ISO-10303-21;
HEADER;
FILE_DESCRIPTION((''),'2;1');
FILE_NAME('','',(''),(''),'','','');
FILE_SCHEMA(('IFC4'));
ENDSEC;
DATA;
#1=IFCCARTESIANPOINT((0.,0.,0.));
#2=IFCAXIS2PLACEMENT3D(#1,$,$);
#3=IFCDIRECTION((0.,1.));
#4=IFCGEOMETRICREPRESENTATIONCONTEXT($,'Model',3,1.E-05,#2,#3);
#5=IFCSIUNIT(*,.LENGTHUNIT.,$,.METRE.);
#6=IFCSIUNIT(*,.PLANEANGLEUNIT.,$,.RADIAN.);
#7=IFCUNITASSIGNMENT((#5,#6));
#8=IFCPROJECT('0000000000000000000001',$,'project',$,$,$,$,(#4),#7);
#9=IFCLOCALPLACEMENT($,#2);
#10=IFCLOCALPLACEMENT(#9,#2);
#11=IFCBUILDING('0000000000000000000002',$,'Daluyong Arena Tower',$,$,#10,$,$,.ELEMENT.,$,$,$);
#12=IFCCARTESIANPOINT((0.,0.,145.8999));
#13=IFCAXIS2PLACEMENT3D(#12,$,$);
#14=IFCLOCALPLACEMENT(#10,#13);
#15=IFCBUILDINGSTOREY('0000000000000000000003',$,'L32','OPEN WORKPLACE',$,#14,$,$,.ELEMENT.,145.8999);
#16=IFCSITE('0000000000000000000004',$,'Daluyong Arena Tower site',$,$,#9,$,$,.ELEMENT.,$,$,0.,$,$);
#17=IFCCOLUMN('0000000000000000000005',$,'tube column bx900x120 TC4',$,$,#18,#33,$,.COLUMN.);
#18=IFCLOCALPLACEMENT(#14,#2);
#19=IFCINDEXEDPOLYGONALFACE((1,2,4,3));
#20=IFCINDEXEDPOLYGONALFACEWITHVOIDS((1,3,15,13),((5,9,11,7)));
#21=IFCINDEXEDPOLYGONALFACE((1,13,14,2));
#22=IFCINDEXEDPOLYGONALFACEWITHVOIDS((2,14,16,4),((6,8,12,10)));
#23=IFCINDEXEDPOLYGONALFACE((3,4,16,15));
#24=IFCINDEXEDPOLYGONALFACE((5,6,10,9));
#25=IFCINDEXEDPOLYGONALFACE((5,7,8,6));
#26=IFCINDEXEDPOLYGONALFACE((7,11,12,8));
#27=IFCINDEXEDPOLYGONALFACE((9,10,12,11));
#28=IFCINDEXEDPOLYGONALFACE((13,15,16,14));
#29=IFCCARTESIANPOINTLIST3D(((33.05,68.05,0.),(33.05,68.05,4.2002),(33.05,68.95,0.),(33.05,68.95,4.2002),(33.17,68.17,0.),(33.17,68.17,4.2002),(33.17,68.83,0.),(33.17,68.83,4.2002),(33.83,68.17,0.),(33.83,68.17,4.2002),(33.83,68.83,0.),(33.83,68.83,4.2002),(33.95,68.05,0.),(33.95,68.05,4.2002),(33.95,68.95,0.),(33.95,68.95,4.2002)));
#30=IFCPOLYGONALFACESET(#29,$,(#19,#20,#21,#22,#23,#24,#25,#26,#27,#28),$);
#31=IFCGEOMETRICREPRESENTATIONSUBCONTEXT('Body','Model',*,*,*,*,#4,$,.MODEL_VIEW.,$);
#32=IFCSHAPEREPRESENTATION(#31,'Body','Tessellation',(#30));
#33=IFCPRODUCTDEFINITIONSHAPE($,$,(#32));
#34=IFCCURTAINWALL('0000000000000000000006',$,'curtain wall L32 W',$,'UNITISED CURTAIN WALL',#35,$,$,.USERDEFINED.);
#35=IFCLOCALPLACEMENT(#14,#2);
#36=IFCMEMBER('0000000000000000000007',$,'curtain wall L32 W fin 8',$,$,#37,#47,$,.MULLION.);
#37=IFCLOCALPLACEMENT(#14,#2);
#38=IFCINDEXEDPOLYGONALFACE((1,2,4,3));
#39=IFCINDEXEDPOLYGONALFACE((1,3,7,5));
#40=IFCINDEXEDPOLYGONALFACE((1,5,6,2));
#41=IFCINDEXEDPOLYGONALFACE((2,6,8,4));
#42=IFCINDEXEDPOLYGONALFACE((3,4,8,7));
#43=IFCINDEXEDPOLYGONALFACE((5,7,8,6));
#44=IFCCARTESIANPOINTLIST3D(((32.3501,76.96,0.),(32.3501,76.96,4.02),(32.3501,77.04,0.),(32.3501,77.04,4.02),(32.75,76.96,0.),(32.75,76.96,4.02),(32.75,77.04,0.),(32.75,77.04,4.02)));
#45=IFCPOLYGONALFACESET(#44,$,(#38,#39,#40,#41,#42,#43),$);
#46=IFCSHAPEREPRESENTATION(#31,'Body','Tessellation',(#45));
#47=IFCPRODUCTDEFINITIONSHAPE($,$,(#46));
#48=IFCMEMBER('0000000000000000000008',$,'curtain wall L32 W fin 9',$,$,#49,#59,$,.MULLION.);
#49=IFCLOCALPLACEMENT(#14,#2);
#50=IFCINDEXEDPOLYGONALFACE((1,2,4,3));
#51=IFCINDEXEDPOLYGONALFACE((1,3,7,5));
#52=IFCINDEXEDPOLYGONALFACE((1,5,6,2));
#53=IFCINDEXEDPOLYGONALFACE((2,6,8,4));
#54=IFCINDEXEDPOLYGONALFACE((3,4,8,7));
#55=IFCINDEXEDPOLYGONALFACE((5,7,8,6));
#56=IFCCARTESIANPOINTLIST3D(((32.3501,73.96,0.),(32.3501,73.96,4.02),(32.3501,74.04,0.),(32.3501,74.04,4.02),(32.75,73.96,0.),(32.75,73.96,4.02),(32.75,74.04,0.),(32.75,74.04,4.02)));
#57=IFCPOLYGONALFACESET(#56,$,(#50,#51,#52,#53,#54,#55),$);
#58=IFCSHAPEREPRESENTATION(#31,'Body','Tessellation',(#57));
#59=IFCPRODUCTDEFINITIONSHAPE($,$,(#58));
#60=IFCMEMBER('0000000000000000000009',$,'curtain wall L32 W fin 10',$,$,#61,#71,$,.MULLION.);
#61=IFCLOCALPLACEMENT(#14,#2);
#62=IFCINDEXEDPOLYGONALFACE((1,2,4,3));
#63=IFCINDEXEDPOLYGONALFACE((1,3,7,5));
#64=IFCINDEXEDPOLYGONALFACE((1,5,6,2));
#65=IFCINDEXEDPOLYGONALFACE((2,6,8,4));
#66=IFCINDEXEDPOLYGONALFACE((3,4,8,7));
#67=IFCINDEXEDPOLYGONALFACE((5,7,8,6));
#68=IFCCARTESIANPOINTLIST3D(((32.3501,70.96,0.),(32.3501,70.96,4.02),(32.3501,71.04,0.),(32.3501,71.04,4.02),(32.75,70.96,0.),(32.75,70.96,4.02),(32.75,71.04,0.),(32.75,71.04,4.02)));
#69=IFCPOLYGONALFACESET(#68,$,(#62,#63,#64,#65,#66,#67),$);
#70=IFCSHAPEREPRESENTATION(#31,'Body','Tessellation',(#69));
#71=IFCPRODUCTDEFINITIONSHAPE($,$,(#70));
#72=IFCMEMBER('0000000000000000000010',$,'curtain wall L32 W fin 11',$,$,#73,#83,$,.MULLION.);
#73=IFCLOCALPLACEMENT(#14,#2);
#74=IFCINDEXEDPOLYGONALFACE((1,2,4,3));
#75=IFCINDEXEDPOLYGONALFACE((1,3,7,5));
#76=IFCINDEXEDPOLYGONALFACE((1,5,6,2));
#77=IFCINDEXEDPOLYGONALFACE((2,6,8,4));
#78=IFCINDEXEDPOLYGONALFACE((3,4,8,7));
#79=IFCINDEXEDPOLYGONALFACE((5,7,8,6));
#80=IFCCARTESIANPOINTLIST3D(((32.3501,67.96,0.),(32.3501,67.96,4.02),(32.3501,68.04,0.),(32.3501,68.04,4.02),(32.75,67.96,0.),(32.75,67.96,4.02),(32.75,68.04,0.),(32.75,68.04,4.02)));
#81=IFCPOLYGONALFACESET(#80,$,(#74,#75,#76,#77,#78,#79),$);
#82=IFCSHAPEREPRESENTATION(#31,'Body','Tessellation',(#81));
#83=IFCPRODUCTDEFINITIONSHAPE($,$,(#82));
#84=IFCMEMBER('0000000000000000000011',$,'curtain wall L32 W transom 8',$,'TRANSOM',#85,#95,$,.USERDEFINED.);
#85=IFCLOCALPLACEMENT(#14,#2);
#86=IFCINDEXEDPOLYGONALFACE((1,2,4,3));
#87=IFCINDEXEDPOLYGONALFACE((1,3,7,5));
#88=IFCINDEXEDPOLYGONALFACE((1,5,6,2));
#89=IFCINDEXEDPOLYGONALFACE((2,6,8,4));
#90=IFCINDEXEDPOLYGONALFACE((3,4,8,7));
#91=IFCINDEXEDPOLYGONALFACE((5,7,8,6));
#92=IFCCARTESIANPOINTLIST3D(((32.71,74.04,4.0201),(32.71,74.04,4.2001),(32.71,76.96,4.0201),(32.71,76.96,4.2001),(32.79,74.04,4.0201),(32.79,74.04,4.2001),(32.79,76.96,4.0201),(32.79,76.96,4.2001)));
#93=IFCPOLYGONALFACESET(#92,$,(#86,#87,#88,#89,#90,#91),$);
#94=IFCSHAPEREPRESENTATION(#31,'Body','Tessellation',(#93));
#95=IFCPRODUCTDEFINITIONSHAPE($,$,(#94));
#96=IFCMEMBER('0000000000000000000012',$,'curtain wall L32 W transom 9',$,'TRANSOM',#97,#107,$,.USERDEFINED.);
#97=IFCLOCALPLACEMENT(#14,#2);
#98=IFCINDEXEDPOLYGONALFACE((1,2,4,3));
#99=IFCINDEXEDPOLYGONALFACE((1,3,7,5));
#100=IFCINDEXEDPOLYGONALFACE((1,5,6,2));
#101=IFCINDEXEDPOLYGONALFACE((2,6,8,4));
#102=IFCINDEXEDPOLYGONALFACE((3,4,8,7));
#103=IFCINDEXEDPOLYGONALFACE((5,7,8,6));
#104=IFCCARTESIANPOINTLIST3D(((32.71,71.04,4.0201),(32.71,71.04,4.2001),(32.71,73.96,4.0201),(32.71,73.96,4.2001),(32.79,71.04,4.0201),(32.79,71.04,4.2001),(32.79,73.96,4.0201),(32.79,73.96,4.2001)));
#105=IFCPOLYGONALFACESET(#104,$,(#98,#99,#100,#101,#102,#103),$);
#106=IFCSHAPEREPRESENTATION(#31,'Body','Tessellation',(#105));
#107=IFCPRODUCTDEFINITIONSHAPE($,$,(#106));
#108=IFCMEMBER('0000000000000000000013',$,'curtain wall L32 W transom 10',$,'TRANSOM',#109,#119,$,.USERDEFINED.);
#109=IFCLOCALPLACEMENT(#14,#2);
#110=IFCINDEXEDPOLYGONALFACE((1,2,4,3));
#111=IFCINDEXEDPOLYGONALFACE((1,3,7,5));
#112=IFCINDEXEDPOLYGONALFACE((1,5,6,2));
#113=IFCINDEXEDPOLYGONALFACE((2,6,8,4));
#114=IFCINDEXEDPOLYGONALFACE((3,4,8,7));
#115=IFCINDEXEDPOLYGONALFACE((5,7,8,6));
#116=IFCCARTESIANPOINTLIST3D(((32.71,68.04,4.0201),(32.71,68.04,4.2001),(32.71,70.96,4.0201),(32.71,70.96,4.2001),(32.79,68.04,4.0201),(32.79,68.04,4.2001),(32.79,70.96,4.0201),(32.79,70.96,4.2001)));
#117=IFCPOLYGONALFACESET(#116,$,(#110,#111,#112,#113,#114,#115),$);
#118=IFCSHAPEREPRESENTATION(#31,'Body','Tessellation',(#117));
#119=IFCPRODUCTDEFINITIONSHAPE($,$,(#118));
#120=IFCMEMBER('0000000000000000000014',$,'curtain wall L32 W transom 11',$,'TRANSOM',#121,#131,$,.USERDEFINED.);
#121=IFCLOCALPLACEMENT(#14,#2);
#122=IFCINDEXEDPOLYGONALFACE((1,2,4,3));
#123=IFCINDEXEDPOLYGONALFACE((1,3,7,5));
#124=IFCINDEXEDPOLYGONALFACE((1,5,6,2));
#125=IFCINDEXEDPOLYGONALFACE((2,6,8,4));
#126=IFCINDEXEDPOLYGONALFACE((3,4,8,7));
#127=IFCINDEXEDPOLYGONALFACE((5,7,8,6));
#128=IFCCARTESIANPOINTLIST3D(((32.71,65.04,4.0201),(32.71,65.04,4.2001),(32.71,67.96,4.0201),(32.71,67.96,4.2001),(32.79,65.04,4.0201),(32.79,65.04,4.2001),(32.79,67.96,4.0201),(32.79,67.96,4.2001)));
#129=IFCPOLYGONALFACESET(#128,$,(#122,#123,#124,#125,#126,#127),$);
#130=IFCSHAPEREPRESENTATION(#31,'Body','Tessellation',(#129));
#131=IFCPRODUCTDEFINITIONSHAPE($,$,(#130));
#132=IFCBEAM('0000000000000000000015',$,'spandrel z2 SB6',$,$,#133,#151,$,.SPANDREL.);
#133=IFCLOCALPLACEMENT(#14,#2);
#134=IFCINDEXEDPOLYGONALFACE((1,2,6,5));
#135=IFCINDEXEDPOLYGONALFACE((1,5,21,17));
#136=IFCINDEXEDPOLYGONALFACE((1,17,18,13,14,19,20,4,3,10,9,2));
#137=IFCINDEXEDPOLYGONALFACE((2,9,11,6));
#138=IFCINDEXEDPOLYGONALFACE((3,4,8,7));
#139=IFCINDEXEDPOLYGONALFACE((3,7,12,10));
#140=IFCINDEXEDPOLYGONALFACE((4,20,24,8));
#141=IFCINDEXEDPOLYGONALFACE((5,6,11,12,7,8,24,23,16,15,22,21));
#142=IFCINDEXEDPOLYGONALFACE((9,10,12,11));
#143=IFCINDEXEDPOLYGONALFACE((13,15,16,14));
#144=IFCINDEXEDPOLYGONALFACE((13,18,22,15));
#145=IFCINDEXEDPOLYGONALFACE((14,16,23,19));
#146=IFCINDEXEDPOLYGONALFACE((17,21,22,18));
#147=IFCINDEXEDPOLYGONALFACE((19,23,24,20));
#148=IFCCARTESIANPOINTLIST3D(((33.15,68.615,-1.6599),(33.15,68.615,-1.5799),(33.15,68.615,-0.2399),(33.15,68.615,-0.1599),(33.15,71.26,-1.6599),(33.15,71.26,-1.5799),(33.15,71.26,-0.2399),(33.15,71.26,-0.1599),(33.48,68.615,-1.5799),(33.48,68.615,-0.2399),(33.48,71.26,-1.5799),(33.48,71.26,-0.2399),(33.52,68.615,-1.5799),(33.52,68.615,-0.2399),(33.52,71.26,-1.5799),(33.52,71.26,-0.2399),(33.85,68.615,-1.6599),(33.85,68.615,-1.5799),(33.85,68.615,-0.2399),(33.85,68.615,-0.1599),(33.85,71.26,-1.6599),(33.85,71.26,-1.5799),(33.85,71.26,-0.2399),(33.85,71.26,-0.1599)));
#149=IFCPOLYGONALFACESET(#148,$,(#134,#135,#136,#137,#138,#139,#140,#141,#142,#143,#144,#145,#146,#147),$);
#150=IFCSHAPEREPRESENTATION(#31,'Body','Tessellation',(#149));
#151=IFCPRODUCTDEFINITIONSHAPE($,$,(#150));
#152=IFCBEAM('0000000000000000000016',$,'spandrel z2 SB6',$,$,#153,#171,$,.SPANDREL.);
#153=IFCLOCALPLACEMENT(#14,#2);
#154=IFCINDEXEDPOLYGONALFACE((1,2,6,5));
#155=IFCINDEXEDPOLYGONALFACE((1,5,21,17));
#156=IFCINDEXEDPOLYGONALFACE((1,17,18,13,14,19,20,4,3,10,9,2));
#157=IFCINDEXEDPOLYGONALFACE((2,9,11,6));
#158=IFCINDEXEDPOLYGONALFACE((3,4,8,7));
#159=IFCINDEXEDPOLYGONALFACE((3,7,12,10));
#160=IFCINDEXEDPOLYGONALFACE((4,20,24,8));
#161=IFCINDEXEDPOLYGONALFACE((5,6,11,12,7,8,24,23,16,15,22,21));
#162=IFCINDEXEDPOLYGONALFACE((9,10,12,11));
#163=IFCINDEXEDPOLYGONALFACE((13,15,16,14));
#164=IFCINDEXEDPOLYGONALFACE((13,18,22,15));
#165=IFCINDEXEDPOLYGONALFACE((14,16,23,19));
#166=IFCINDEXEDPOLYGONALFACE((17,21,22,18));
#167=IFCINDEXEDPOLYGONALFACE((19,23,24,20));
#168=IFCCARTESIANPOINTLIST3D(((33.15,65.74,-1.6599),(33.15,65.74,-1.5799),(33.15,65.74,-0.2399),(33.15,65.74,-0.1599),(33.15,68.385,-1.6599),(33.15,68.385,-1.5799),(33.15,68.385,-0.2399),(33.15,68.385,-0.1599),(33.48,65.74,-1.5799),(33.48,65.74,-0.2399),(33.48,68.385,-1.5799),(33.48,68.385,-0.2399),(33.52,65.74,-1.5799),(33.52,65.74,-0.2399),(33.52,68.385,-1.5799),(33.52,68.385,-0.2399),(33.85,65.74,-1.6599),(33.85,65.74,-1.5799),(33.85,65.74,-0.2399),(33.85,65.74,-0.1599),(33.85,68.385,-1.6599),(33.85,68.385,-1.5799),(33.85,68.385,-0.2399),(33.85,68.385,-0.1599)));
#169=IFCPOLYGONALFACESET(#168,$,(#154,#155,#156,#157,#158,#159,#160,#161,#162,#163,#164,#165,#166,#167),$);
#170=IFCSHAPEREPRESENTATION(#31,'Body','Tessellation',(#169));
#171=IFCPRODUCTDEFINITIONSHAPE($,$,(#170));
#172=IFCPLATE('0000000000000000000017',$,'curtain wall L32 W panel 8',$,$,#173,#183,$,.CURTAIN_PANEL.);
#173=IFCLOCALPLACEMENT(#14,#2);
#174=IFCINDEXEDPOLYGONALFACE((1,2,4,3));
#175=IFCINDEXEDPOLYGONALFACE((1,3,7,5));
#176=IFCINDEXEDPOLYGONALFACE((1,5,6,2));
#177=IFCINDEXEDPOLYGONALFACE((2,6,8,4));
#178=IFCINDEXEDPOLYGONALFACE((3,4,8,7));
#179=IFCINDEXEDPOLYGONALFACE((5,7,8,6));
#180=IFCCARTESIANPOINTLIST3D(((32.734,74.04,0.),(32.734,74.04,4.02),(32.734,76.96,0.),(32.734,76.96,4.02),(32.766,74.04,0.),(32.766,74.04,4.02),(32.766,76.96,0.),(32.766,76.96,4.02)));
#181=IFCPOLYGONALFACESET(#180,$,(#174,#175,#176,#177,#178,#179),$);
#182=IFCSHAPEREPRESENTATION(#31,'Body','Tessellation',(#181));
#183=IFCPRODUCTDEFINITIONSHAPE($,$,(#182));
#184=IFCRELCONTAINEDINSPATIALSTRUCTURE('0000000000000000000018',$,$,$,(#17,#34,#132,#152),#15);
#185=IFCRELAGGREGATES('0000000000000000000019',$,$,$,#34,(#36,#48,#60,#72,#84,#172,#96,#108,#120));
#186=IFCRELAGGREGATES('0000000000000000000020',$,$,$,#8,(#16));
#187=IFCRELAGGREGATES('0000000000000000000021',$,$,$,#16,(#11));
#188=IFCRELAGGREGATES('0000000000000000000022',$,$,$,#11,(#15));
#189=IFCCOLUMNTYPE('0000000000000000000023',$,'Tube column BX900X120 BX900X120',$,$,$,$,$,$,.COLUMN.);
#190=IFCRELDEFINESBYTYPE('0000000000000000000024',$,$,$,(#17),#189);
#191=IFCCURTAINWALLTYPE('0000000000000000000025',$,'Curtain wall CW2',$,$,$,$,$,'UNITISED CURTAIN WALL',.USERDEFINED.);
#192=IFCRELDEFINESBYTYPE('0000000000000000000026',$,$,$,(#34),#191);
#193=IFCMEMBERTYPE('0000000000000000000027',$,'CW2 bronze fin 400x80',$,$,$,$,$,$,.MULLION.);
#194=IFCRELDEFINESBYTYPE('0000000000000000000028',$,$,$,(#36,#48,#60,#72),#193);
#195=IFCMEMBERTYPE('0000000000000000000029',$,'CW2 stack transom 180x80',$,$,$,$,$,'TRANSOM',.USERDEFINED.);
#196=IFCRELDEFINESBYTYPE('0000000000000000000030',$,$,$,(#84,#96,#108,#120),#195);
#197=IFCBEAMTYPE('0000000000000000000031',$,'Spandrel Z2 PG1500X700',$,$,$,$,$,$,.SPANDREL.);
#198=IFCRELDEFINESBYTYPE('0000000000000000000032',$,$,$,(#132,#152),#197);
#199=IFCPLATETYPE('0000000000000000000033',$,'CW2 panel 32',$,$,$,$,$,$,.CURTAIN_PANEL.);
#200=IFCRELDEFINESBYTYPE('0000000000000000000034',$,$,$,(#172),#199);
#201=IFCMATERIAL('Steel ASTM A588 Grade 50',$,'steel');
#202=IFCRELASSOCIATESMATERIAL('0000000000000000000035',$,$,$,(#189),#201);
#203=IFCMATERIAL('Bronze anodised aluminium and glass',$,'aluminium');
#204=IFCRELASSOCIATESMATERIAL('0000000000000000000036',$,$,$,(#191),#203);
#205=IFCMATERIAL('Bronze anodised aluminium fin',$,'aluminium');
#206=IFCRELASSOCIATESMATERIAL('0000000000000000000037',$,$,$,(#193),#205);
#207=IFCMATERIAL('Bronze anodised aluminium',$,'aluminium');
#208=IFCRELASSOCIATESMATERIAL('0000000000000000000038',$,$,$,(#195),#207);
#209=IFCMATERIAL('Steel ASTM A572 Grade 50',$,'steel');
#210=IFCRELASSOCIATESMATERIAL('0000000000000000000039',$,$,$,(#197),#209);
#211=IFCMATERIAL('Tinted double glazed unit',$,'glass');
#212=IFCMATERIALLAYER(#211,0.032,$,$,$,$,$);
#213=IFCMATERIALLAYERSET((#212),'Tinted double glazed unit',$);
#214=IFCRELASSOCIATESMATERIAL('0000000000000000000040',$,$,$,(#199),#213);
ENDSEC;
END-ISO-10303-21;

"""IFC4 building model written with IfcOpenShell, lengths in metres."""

from ifc_helpers import new_model, si_unit, direction, frame, origin, origin_2d, place, context, subcontext, project, spatial, rectangle, hollow_rectangle, i_section, extrude, material, layer, layer_set, material_profile, profile_set, type_object, element, aggregate, save


model = new_model("IFC4")

# Units and contexts
model_context = context("Model", 3, precision=1e-05, world=origin(), true_north=direction((0.0, 1.0)))
body_context = subcontext(model_context, "Body", "Model", "MODEL_VIEW")
ifc_project = project(units=[si_unit("LENGTHUNIT", "METRE"), si_unit("PLANEANGLEUNIT", "RADIAN")], contexts=[model_context])

# Site, building, storey
site_placement = place(None, origin())
site = spatial("IfcSite", under=ifc_project, at=site_placement, Name="Daluyong Arena Tower site", CompositionType="ELEMENT", RefElevation=0.0)
building_placement = place(site_placement, origin())
building = spatial("IfcBuilding", under=site, at=building_placement, Name="Daluyong Arena Tower", CompositionType="ELEMENT")
storey_placement = place(building_placement, frame((0.0, 0.0, 145.8999)))
storey = spatial("IfcBuildingStorey", under=building, at=storey_placement, Name="L32", Description="OPEN WORKPLACE", CompositionType="ELEMENT", Elevation=145.8999)

# Column
ifc_material_1 = material(Name="Steel ASTM A588 Grade 50", Category="steel")
ifc_material_profile_1 = material_profile(ifc_material_1, hollow_rectangle(XDim=0.8999, YDim=0.8999, WallThickness=0.12, at=origin_2d()))
ifc_profile_set_1 = profile_set([ifc_material_profile_1], Name="Steel ASTM A588 Grade 50")
column_type = type_object("IfcColumnType", Name="Tube column BX900X120 BX900X120", PredefinedType="COLUMN", material=ifc_profile_set_1)
column_placement = place(storey_placement, frame((33.5, 68.5, 0.0), z_axis=(0.0, 0.0, 1.0), x_axis=(0.0, 1.0, 0.0)))
element("IfcColumn", 1, at=column_placement, inside=storey, type_object=column_type, Name="tube column bx900x120 TC4", PredefinedType="COLUMN", context=body_context, shape_type="SweptSolid", body=[
    extrude(hollow_rectangle(XDim=0.8999, YDim=0.8999, WallThickness=0.12, at=origin_2d()), origin(), (0.0, 0.0, 1.0), 4.2002),
])

# Curtain wall, members
ifc_material_2 = material(Name="Bronze anodised aluminium and glass", Category="aluminium")
curtain_wall_type = type_object("IfcCurtainWallType", Name="Curtain wall CW2", ElementType="UNITISED CURTAIN WALL", PredefinedType="USERDEFINED", material=ifc_material_2)
curtain_wall_placement = place(storey_placement, origin())
curtain_wall = element("IfcCurtainWall", 2, at=curtain_wall_placement, inside=storey, type_object=curtain_wall_type, Name="curtain wall L32 W", ObjectType="UNITISED CURTAIN WALL", PredefinedType="USERDEFINED")
ifc_material_3 = material(Name="Bronze anodised aluminium fin", Category="aluminium")
ifc_material_profile_2 = material_profile(ifc_material_3, rectangle(XDim=0.3999, YDim=0.0801, at=origin_2d()))
ifc_profile_set_2 = profile_set([ifc_material_profile_2], Name="Bronze anodised aluminium fin")
member_type_1 = type_object("IfcMemberType", Name="CW2 bronze fin 400x80", PredefinedType="MULLION", material=ifc_profile_set_2)
member_1_placement = place(storey_placement, frame((32.55, 77.0, 0.0), z_axis=(0.0, 0.0, 1.0), x_axis=(1.0, 0.0, 0.0)))
member_1 = element("IfcMember", 3, at=member_1_placement, type_object=member_type_1, Name="curtain wall L32 W fin 8", PredefinedType="MULLION", context=body_context, shape_type="SweptSolid", body=[
    extrude(rectangle(XDim=0.3999, YDim=0.0801, at=origin_2d()), origin(), (0.0, 0.0, 1.0), 4.02),
])
member_2_placement = place(storey_placement, frame((32.55, 74.0, 0.0), z_axis=(0.0, 0.0, 1.0), x_axis=(1.0, 0.0, 0.0)))
member_2 = element("IfcMember", 4, at=member_2_placement, type_object=member_type_1, Name="curtain wall L32 W fin 9", PredefinedType="MULLION", context=body_context, shape_type="SweptSolid", body=[
    extrude(rectangle(XDim=0.3999, YDim=0.0801, at=origin_2d()), origin(), (0.0, 0.0, 1.0), 4.02),
])
member_3_placement = place(storey_placement, frame((32.55, 71.0, 0.0), z_axis=(0.0, 0.0, 1.0), x_axis=(1.0, 0.0, 0.0)))
member_3 = element("IfcMember", 5, at=member_3_placement, type_object=member_type_1, Name="curtain wall L32 W fin 10", PredefinedType="MULLION", context=body_context, shape_type="SweptSolid", body=[
    extrude(rectangle(XDim=0.3999, YDim=0.0801, at=origin_2d()), origin(), (0.0, 0.0, 1.0), 4.02),
])
member_4_placement = place(storey_placement, frame((32.55, 68.0, 0.0), z_axis=(0.0, 0.0, 1.0), x_axis=(1.0, 0.0, 0.0)))
member_4 = element("IfcMember", 6, at=member_4_placement, type_object=member_type_1, Name="curtain wall L32 W fin 11", PredefinedType="MULLION", context=body_context, shape_type="SweptSolid", body=[
    extrude(rectangle(XDim=0.3999, YDim=0.0801, at=origin_2d()), origin(), (0.0, 0.0, 1.0), 4.02),
])
ifc_material_4 = material(Name="Bronze anodised aluminium", Category="aluminium")
ifc_material_profile_3 = material_profile(ifc_material_4, rectangle(XDim=0.0801, YDim=0.1799, at=origin_2d()))
ifc_profile_set_3 = profile_set([ifc_material_profile_3], Name="Bronze anodised aluminium")
member_type_2 = type_object("IfcMemberType", Name="CW2 stack transom 180x80", ElementType="TRANSOM", PredefinedType="USERDEFINED", material=ifc_profile_set_3)
member_5_placement = place(storey_placement, frame((32.75, 76.96, 4.1101), z_axis=(0.0, -1.0, 0.0), x_axis=(1.0, 0.0, 0.0)))
member_5 = element("IfcMember", 7, at=member_5_placement, type_object=member_type_2, Name="curtain wall L32 W transom 8", ObjectType="TRANSOM", PredefinedType="USERDEFINED", context=body_context, shape_type="SweptSolid", body=[
    extrude(rectangle(XDim=0.0801, YDim=0.1799, at=origin_2d()), origin(), (0.0, 0.0, 1.0), 2.9199),
])
member_6_placement = place(storey_placement, frame((32.75, 73.96, 4.1101), z_axis=(0.0, -1.0, 0.0), x_axis=(1.0, 0.0, 0.0)))
member_6 = element("IfcMember", 8, at=member_6_placement, type_object=member_type_2, Name="curtain wall L32 W transom 9", ObjectType="TRANSOM", PredefinedType="USERDEFINED", context=body_context, shape_type="SweptSolid", body=[
    extrude(rectangle(XDim=0.0801, YDim=0.1799, at=origin_2d()), origin(), (0.0, 0.0, 1.0), 2.9199),
])
member_7_placement = place(storey_placement, frame((32.75, 70.96, 4.1101), z_axis=(0.0, -1.0, 0.0), x_axis=(1.0, 0.0, 0.0)))
member_7 = element("IfcMember", 9, at=member_7_placement, type_object=member_type_2, Name="curtain wall L32 W transom 10", ObjectType="TRANSOM", PredefinedType="USERDEFINED", context=body_context, shape_type="SweptSolid", body=[
    extrude(rectangle(XDim=0.0801, YDim=0.1799, at=origin_2d()), origin(), (0.0, 0.0, 1.0), 2.9199),
])
member_8_placement = place(storey_placement, frame((32.75, 67.96, 4.1101), z_axis=(0.0, -1.0, 0.0), x_axis=(1.0, 0.0, 0.0)))
member_8 = element("IfcMember", 10, at=member_8_placement, type_object=member_type_2, Name="curtain wall L32 W transom 11", ObjectType="TRANSOM", PredefinedType="USERDEFINED", context=body_context, shape_type="SweptSolid", body=[
    extrude(rectangle(XDim=0.0801, YDim=0.1799, at=origin_2d()), origin(), (0.0, 0.0, 1.0), 2.9199),
])

# Beams
ifc_material_5 = material(Name="Steel ASTM A572 Grade 50", Category="steel")
ifc_material_profile_4 = material_profile(ifc_material_5, i_section(OverallWidth=0.7, OverallDepth=1.5, WebThickness=0.04, FlangeThickness=0.08, at=origin_2d()))
ifc_profile_set_4 = profile_set([ifc_material_profile_4], Name="Steel ASTM A572 Grade 50")
beam_type = type_object("IfcBeamType", Name="Spandrel Z2 PG1500X700", PredefinedType="SPANDREL", material=ifc_profile_set_4)
for number, where, z_axis, x_axis, name in (
    (11, (33.5, 71.26, -0.9099), (0.0, -1.0, 0.0), (1.0, 0.0, 0.0), "spandrel z2 SB6"),
    (12, (33.5, 68.385, -0.9099), (0.0, -1.0, 0.0), (1.0, 0.0, 0.0), "spandrel z2 SB6"),
):
    element("IfcBeam", number, at=place(storey_placement, frame(where, z_axis=z_axis, x_axis=x_axis)), inside=storey, type_object=beam_type, Name=name, PredefinedType="SPANDREL", context=body_context, shape_type="SweptSolid", body=[
        extrude(i_section(OverallWidth=0.7, OverallDepth=1.5, WebThickness=0.04, FlangeThickness=0.08, at=origin_2d()), origin(), (0.0, 0.0, 1.0), 2.645),
    ])

# Plate
ifc_material_6 = material(Name="Tinted double glazed unit", Category="glass")
ifc_layer = layer(ifc_material_6, 0.032)
ifc_layer_set = layer_set([ifc_layer], Name="Tinted double glazed unit")
plate_type = type_object("IfcPlateType", Name="CW2 panel 32", PredefinedType="CURTAIN_PANEL", material=ifc_layer_set)
plate_1_placement = place(storey_placement, frame((32.75, 75.5, 0.0), z_axis=(0.0, 0.0, 1.0), x_axis=(0.0, -1.0, 0.0)))
plate_1 = element("IfcPlate", 13, at=plate_1_placement, type_object=plate_type, Name="curtain wall L32 W panel 8", PredefinedType="CURTAIN_PANEL", context=body_context, shape_type="SweptSolid", body=[
    extrude(rectangle(XDim=2.9199, YDim=0.032, at=origin_2d()), origin(), (0.0, 0.0, 1.0), 4.02),
])
aggregate(curtain_wall, [member_1, member_2, member_3, member_4, member_5, plate_1, member_6, member_7, member_8])

save(model, "model.ifc")
